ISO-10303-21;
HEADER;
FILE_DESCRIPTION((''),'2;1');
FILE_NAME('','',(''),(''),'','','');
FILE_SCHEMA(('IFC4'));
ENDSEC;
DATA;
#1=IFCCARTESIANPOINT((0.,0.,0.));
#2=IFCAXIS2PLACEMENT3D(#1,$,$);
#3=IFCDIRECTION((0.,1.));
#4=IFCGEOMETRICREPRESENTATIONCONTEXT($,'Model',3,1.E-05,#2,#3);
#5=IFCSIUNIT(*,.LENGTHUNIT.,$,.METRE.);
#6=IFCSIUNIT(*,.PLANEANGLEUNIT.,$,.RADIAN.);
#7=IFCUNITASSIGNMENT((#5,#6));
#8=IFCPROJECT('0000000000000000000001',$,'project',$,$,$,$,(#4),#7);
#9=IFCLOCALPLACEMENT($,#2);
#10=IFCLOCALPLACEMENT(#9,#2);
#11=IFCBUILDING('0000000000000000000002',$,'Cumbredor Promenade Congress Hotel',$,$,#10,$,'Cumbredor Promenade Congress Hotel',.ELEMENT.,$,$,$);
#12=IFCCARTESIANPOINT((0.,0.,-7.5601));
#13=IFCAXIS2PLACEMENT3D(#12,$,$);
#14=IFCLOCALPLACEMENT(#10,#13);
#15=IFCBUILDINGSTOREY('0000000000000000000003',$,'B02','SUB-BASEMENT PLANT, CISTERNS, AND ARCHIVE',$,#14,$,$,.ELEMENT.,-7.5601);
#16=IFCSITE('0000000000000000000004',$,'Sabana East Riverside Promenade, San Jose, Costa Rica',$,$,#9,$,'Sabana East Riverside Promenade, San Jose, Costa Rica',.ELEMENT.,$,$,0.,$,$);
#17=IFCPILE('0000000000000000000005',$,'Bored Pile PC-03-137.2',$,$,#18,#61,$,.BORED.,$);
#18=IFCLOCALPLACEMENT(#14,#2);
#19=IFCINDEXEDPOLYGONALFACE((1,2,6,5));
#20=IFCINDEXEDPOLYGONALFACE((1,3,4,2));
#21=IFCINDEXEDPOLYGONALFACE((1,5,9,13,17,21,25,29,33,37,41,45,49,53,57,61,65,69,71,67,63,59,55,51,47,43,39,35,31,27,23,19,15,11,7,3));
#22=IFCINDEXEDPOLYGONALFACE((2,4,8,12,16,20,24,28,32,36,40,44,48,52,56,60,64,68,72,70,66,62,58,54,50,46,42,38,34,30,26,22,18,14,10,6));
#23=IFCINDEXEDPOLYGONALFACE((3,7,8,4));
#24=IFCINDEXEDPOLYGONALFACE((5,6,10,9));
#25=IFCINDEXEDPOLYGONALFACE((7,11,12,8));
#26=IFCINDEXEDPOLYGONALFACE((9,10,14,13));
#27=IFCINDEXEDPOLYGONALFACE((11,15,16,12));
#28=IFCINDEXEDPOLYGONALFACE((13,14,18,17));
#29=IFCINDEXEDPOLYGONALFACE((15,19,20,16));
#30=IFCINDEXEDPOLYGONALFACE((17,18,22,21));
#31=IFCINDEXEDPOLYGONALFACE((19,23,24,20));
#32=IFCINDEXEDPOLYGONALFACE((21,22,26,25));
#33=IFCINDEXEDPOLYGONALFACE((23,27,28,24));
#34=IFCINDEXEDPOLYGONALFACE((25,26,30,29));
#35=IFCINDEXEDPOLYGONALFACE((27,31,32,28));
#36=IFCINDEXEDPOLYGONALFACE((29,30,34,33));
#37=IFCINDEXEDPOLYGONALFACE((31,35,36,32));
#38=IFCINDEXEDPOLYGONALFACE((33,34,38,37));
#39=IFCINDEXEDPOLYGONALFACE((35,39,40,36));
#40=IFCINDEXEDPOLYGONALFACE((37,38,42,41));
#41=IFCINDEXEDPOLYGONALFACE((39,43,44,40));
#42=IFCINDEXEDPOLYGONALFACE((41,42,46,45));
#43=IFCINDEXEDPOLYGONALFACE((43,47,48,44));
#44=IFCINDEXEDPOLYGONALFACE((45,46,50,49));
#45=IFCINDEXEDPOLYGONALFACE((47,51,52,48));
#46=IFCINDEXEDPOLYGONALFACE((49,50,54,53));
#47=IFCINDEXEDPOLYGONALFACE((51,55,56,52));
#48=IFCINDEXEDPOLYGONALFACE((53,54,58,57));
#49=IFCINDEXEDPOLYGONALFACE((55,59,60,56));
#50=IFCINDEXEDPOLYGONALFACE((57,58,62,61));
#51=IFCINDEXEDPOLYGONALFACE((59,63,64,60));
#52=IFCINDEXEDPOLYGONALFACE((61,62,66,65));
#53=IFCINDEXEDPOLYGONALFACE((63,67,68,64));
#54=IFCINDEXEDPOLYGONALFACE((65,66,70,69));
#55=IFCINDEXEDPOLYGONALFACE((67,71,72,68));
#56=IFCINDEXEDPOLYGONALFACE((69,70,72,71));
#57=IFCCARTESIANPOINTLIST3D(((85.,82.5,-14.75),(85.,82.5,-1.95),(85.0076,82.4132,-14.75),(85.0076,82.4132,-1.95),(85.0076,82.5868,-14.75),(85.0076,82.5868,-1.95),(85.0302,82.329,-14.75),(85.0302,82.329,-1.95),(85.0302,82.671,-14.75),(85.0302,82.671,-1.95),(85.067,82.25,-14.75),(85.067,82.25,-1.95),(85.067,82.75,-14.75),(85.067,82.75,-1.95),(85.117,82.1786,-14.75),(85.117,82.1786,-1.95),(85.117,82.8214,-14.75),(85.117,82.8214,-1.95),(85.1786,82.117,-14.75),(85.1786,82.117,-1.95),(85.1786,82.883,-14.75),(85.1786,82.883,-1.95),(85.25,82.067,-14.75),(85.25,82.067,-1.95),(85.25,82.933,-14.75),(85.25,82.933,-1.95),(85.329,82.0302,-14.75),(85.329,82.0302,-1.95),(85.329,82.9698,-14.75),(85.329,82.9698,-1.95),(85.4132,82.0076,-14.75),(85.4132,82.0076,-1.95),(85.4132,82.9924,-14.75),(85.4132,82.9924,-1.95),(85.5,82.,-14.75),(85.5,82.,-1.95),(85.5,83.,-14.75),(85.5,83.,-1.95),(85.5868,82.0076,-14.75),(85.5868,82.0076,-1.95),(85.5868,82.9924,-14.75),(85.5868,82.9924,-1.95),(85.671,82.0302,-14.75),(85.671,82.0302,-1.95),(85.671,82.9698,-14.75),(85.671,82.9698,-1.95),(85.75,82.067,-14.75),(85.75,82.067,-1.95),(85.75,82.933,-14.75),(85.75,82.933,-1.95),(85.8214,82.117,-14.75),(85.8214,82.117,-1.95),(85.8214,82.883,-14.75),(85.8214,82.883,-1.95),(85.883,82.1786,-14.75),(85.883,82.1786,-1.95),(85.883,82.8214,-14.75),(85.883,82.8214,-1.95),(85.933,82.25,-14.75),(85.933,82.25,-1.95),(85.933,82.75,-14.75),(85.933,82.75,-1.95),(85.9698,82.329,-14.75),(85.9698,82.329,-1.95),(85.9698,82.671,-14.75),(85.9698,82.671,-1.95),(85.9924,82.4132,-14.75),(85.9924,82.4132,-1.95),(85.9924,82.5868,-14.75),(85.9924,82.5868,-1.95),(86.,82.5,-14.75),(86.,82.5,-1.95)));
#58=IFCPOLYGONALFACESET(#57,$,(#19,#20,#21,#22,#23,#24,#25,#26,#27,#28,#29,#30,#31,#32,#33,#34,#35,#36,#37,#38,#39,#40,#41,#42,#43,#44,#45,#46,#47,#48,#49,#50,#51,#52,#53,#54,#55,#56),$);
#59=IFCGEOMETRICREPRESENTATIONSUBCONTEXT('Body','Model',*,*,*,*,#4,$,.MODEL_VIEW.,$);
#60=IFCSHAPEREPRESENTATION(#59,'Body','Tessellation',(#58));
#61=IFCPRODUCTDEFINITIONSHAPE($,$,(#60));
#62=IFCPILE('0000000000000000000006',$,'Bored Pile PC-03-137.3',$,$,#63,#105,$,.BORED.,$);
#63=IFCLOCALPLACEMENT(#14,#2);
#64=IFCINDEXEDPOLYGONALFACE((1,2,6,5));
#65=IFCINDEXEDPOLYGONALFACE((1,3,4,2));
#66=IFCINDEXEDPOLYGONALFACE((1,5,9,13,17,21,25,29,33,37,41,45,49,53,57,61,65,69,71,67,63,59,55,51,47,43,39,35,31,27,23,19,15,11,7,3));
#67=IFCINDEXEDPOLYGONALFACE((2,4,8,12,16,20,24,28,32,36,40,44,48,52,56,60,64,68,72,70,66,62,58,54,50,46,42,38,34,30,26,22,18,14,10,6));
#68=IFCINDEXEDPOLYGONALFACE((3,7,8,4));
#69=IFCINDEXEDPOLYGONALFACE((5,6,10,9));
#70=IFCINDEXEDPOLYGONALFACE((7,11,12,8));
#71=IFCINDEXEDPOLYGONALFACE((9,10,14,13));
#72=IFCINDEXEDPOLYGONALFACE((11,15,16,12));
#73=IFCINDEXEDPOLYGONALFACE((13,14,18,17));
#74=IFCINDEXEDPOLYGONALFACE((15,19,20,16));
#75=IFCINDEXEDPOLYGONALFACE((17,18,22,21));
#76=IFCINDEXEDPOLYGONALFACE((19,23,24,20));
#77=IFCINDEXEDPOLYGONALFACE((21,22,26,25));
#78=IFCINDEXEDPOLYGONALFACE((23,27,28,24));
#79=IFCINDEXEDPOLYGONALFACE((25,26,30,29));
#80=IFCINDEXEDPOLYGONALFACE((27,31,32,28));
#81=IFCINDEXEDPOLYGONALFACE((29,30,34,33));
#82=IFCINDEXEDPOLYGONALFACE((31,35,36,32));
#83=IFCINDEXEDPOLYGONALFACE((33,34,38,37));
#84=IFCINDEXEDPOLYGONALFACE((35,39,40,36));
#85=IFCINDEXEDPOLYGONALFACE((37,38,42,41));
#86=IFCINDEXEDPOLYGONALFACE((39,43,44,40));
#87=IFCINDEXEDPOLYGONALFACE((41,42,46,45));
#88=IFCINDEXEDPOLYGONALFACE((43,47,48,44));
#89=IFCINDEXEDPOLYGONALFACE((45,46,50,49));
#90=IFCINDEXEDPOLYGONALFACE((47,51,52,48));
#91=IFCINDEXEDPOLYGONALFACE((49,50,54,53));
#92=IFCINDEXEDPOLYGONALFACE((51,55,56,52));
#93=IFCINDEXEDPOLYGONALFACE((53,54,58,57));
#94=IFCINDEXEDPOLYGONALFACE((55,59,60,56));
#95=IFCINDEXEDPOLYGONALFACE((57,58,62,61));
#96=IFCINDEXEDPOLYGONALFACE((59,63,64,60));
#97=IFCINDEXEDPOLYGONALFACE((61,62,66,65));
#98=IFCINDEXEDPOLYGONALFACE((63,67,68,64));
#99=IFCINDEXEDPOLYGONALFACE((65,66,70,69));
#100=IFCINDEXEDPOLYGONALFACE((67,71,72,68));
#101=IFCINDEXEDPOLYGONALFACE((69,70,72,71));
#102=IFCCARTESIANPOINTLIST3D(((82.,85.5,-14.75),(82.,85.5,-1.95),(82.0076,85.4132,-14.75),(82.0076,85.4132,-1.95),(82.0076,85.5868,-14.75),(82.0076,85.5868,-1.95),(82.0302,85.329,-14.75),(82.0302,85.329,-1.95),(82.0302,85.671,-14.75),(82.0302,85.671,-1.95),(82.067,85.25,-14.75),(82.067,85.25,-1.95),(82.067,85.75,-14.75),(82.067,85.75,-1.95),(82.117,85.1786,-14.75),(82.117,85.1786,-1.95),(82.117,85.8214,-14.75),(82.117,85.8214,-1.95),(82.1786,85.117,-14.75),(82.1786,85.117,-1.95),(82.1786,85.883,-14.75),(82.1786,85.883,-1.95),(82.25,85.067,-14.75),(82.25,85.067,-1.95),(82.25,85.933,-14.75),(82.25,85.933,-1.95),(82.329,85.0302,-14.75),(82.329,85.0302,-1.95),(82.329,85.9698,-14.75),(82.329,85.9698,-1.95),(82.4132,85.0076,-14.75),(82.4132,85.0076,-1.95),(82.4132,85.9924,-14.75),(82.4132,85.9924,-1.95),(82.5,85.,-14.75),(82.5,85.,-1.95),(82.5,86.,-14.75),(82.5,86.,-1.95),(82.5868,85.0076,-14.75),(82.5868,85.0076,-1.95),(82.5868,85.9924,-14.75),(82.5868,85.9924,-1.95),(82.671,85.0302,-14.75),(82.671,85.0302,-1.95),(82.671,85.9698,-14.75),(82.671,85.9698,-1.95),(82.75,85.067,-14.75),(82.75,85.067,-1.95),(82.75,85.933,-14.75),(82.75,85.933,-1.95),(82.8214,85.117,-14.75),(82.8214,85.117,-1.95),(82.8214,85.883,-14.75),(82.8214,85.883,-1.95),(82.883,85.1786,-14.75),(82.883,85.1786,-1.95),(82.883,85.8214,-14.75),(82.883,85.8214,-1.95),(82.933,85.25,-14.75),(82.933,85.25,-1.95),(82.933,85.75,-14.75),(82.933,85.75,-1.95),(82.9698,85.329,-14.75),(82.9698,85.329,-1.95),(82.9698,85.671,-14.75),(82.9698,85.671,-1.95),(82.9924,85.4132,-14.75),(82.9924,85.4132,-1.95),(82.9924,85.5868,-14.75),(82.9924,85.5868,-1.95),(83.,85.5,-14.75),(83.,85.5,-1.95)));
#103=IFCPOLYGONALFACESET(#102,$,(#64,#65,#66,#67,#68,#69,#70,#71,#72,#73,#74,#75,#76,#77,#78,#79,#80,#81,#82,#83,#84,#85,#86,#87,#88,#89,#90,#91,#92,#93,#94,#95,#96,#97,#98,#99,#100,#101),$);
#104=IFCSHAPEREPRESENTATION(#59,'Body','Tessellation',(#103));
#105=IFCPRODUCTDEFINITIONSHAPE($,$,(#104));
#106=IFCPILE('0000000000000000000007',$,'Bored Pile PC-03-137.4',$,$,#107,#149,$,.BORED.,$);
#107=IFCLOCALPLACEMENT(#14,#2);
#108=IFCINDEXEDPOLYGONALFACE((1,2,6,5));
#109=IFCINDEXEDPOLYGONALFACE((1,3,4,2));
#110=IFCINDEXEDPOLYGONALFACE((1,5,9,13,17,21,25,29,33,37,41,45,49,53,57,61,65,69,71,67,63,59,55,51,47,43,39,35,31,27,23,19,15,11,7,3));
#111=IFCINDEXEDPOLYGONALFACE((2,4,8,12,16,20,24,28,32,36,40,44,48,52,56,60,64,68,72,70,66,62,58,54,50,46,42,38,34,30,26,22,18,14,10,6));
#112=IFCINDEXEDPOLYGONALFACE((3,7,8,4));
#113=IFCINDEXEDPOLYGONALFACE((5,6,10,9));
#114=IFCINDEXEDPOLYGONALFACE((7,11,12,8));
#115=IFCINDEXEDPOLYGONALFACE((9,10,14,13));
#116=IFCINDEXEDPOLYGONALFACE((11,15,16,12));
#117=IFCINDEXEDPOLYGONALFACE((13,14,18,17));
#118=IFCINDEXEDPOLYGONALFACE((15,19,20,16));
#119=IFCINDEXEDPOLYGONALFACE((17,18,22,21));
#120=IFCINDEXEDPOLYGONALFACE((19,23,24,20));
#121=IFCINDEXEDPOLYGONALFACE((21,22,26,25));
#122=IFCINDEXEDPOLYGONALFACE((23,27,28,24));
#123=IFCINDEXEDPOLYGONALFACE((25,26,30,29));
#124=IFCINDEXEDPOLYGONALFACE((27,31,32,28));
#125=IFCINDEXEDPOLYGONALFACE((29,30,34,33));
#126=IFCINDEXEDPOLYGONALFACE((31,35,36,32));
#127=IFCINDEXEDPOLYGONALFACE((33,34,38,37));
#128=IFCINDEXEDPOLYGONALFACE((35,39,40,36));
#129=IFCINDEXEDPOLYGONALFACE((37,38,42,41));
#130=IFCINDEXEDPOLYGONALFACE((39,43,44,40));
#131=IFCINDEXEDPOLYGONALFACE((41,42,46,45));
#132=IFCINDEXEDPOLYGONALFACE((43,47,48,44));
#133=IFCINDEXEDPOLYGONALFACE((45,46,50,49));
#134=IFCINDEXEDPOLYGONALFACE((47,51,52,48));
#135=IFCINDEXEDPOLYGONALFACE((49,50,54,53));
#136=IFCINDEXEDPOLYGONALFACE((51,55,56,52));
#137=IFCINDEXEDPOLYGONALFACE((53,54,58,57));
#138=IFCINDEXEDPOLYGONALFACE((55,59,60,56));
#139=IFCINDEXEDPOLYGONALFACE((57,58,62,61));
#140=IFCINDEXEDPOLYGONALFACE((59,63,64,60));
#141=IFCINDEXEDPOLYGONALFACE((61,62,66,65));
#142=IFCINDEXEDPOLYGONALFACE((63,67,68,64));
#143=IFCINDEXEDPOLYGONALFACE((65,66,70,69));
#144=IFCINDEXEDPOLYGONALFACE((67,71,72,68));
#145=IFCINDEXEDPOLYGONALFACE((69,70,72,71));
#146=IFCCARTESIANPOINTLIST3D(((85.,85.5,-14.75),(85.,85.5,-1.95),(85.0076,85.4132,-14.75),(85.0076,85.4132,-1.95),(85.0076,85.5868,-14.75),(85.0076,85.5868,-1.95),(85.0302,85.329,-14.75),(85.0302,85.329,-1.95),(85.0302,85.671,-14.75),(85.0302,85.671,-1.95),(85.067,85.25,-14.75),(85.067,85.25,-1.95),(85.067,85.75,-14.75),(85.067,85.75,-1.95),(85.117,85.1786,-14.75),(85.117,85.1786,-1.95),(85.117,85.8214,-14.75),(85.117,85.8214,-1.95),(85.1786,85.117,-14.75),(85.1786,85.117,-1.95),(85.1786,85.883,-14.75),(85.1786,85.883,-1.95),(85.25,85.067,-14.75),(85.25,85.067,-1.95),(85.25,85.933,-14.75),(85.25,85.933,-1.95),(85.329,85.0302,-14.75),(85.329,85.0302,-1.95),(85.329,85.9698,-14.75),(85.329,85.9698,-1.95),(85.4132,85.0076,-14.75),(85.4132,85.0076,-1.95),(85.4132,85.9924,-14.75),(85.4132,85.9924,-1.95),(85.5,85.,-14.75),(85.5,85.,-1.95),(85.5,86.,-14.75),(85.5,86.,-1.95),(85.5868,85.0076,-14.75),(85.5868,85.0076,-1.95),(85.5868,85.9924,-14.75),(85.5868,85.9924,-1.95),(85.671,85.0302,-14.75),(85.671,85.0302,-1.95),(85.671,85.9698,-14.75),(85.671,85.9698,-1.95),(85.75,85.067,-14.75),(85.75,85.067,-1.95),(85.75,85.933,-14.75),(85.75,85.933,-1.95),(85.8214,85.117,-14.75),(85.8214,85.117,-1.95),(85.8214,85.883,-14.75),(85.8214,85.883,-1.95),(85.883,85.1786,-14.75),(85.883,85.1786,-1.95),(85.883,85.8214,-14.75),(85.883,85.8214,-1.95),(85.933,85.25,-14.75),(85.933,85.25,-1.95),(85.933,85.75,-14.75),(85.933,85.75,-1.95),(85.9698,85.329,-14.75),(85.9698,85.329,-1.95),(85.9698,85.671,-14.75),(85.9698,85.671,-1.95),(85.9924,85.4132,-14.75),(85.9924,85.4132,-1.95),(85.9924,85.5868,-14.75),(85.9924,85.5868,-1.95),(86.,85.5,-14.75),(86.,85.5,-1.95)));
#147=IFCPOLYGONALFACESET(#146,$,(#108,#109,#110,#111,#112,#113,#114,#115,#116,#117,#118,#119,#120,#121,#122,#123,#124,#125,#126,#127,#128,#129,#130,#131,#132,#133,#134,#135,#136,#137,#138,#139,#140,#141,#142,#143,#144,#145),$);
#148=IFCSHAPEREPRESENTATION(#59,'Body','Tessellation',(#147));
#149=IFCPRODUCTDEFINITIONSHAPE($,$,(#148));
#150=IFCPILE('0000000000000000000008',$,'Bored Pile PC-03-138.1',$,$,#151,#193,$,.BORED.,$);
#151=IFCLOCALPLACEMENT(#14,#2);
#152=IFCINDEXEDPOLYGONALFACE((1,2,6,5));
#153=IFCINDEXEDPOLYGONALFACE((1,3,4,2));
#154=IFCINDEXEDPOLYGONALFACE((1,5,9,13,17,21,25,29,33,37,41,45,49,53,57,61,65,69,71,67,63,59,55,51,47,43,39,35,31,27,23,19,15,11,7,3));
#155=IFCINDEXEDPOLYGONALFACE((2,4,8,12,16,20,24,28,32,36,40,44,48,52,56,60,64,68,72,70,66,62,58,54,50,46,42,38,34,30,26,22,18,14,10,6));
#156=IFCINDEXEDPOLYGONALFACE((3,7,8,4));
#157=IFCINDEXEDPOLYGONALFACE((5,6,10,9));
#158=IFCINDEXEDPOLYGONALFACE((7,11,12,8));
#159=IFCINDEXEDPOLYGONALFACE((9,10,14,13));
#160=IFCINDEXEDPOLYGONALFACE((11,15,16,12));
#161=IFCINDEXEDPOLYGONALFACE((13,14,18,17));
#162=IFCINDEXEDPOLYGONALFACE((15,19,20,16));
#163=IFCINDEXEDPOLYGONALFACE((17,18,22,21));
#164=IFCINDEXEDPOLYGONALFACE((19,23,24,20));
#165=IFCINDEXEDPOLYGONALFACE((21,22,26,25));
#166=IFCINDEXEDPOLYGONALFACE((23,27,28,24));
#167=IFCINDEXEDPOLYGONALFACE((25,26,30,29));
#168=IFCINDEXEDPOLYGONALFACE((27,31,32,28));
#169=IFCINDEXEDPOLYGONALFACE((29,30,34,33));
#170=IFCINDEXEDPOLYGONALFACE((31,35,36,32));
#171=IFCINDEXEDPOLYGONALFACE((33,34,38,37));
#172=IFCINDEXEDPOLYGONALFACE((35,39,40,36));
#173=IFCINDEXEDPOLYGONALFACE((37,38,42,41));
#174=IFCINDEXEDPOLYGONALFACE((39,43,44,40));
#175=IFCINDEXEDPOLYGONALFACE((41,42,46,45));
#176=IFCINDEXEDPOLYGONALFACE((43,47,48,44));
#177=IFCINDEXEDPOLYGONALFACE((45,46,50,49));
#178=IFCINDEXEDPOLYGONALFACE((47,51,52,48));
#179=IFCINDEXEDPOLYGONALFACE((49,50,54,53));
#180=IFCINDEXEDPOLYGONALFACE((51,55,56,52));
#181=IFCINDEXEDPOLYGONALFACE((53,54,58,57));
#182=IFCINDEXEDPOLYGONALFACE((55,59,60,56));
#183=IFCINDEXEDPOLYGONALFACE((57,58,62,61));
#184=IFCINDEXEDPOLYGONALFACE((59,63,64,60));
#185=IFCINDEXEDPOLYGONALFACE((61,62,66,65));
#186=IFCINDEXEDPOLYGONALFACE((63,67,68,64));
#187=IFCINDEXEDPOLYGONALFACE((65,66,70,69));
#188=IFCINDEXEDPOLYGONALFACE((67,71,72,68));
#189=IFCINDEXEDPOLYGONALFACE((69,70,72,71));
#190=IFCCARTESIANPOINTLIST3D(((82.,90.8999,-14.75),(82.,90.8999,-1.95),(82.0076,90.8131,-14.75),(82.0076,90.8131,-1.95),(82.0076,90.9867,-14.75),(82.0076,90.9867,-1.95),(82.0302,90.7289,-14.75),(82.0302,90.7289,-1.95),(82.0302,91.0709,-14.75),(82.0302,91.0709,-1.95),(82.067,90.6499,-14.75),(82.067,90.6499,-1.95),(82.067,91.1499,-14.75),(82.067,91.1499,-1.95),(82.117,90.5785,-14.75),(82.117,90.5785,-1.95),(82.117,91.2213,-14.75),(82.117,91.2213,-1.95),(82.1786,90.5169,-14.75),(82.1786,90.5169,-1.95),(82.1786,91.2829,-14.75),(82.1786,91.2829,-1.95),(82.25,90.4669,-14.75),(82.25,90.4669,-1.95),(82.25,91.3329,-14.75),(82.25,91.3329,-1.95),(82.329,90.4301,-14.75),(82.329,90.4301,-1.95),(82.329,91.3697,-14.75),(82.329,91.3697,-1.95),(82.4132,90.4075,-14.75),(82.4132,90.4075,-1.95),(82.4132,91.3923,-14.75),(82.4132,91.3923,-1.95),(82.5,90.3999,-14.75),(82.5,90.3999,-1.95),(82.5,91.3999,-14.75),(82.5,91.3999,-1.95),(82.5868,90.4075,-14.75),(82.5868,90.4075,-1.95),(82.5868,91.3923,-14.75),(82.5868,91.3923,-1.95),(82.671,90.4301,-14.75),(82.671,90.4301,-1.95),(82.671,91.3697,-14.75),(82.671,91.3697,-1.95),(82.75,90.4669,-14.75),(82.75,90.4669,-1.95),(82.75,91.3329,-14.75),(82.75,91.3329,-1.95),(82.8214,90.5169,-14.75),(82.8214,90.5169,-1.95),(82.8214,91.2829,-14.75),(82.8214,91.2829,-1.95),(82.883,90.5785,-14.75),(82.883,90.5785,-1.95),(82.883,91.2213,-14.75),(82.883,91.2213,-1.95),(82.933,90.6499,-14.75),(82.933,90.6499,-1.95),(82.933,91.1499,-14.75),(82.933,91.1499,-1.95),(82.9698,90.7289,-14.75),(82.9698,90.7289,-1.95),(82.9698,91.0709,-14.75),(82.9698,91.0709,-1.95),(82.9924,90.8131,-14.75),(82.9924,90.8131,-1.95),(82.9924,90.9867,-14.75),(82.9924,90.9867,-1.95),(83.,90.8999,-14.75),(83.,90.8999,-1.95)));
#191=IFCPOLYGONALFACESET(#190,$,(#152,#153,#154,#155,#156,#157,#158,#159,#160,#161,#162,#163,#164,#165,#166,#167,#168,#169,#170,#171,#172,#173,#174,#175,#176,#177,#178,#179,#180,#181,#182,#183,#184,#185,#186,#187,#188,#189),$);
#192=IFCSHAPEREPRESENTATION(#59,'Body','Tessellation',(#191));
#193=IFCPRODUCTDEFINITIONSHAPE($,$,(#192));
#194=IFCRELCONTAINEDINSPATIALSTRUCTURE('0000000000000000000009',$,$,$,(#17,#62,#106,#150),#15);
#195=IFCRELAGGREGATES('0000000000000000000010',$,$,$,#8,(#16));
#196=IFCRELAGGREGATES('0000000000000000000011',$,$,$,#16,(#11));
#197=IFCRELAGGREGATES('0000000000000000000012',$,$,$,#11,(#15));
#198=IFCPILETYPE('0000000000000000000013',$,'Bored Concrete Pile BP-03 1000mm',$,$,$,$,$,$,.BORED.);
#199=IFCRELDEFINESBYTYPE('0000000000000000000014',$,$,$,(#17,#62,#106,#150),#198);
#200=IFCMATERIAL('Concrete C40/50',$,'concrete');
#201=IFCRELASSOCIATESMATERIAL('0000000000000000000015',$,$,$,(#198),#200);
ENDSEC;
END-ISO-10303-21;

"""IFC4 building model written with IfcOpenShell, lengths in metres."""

from ifc_helpers import new_model, si_unit, direction, frame, origin, origin_2d, place, context, subcontext, project, spatial, circle, extrude, material, material_profile, profile_set, type_object, element, save


model = new_model("IFC4")

# Units and contexts
model_context = context("Model", 3, precision=1e-05, world=origin(), true_north=direction((0.0, 1.0)))
body_context = subcontext(model_context, "Body", "Model", "MODEL_VIEW")
ifc_project = project(units=[si_unit("LENGTHUNIT", "METRE"), si_unit("PLANEANGLEUNIT", "RADIAN")], contexts=[model_context])

# Site, building, storey
site_placement = place(None, origin())
site = spatial("IfcSite", under=ifc_project, at=site_placement, Name="Sabana East Riverside Promenade, San Jose, Costa Rica", LongName="Sabana East Riverside Promenade, San Jose, Costa Rica", CompositionType="ELEMENT", RefElevation=0.0)
building_placement = place(site_placement, origin())
building = spatial("IfcBuilding", under=site, at=building_placement, Name="Cumbredor Promenade Congress Hotel", LongName="Cumbredor Promenade Congress Hotel", CompositionType="ELEMENT")
storey_placement = place(building_placement, frame((0.0, 0.0, -7.5601)))
storey = spatial("IfcBuildingStorey", under=building, at=storey_placement, Name="B02", Description="SUB-BASEMENT PLANT, CISTERNS, AND ARCHIVE", CompositionType="ELEMENT", Elevation=-7.5601)

# Piles
ifc_material_1 = material(Name="Concrete C40/50", Category="concrete")
ifc_material_profile_1 = material_profile(ifc_material_1, circle(Radius=0.5, at=origin_2d()), Name="PILE D1000")
ifc_profile_set_1 = profile_set([ifc_material_profile_1], Name="Concrete C40/50")
pile_type_1 = type_object("IfcPileType", Name="Bored Concrete Pile BP-03 1000mm", PredefinedType="BORED", material=ifc_profile_set_1)
for number, where, z_axis, x_axis, name in (
    (1, (85.5, 82.5, -1.95), (0.0, 0.0, -1.0), (1.0, 0.0, 0.0), "Bored Pile PC-03-137.2"),
    (2, (82.5, 85.5, -1.95), (0.0, 0.0, -1.0), (1.0, 0.0, 0.0), "Bored Pile PC-03-137.3"),
    (3, (85.5, 85.5, -1.95), (0.0, 0.0, -1.0), (1.0, 0.0, 0.0), "Bored Pile PC-03-137.4"),
    (4, (82.5, 90.8999, -1.95), (0.0, 0.0, -1.0), (1.0, 0.0, 0.0), "Bored Pile PC-03-138.1"),
):
    element("IfcPile", number, at=place(storey_placement, frame(where, z_axis=z_axis, x_axis=x_axis)), inside=storey, type_object=pile_type_1, Name=name, PredefinedType="BORED", context=body_context, shape_type="SweptSolid", body=[
        extrude(circle(Radius=0.5, at=origin_2d()), origin(), (0.0, 0.0, 1.0), 12.8),
    ])

save(model, "model.ifc")
